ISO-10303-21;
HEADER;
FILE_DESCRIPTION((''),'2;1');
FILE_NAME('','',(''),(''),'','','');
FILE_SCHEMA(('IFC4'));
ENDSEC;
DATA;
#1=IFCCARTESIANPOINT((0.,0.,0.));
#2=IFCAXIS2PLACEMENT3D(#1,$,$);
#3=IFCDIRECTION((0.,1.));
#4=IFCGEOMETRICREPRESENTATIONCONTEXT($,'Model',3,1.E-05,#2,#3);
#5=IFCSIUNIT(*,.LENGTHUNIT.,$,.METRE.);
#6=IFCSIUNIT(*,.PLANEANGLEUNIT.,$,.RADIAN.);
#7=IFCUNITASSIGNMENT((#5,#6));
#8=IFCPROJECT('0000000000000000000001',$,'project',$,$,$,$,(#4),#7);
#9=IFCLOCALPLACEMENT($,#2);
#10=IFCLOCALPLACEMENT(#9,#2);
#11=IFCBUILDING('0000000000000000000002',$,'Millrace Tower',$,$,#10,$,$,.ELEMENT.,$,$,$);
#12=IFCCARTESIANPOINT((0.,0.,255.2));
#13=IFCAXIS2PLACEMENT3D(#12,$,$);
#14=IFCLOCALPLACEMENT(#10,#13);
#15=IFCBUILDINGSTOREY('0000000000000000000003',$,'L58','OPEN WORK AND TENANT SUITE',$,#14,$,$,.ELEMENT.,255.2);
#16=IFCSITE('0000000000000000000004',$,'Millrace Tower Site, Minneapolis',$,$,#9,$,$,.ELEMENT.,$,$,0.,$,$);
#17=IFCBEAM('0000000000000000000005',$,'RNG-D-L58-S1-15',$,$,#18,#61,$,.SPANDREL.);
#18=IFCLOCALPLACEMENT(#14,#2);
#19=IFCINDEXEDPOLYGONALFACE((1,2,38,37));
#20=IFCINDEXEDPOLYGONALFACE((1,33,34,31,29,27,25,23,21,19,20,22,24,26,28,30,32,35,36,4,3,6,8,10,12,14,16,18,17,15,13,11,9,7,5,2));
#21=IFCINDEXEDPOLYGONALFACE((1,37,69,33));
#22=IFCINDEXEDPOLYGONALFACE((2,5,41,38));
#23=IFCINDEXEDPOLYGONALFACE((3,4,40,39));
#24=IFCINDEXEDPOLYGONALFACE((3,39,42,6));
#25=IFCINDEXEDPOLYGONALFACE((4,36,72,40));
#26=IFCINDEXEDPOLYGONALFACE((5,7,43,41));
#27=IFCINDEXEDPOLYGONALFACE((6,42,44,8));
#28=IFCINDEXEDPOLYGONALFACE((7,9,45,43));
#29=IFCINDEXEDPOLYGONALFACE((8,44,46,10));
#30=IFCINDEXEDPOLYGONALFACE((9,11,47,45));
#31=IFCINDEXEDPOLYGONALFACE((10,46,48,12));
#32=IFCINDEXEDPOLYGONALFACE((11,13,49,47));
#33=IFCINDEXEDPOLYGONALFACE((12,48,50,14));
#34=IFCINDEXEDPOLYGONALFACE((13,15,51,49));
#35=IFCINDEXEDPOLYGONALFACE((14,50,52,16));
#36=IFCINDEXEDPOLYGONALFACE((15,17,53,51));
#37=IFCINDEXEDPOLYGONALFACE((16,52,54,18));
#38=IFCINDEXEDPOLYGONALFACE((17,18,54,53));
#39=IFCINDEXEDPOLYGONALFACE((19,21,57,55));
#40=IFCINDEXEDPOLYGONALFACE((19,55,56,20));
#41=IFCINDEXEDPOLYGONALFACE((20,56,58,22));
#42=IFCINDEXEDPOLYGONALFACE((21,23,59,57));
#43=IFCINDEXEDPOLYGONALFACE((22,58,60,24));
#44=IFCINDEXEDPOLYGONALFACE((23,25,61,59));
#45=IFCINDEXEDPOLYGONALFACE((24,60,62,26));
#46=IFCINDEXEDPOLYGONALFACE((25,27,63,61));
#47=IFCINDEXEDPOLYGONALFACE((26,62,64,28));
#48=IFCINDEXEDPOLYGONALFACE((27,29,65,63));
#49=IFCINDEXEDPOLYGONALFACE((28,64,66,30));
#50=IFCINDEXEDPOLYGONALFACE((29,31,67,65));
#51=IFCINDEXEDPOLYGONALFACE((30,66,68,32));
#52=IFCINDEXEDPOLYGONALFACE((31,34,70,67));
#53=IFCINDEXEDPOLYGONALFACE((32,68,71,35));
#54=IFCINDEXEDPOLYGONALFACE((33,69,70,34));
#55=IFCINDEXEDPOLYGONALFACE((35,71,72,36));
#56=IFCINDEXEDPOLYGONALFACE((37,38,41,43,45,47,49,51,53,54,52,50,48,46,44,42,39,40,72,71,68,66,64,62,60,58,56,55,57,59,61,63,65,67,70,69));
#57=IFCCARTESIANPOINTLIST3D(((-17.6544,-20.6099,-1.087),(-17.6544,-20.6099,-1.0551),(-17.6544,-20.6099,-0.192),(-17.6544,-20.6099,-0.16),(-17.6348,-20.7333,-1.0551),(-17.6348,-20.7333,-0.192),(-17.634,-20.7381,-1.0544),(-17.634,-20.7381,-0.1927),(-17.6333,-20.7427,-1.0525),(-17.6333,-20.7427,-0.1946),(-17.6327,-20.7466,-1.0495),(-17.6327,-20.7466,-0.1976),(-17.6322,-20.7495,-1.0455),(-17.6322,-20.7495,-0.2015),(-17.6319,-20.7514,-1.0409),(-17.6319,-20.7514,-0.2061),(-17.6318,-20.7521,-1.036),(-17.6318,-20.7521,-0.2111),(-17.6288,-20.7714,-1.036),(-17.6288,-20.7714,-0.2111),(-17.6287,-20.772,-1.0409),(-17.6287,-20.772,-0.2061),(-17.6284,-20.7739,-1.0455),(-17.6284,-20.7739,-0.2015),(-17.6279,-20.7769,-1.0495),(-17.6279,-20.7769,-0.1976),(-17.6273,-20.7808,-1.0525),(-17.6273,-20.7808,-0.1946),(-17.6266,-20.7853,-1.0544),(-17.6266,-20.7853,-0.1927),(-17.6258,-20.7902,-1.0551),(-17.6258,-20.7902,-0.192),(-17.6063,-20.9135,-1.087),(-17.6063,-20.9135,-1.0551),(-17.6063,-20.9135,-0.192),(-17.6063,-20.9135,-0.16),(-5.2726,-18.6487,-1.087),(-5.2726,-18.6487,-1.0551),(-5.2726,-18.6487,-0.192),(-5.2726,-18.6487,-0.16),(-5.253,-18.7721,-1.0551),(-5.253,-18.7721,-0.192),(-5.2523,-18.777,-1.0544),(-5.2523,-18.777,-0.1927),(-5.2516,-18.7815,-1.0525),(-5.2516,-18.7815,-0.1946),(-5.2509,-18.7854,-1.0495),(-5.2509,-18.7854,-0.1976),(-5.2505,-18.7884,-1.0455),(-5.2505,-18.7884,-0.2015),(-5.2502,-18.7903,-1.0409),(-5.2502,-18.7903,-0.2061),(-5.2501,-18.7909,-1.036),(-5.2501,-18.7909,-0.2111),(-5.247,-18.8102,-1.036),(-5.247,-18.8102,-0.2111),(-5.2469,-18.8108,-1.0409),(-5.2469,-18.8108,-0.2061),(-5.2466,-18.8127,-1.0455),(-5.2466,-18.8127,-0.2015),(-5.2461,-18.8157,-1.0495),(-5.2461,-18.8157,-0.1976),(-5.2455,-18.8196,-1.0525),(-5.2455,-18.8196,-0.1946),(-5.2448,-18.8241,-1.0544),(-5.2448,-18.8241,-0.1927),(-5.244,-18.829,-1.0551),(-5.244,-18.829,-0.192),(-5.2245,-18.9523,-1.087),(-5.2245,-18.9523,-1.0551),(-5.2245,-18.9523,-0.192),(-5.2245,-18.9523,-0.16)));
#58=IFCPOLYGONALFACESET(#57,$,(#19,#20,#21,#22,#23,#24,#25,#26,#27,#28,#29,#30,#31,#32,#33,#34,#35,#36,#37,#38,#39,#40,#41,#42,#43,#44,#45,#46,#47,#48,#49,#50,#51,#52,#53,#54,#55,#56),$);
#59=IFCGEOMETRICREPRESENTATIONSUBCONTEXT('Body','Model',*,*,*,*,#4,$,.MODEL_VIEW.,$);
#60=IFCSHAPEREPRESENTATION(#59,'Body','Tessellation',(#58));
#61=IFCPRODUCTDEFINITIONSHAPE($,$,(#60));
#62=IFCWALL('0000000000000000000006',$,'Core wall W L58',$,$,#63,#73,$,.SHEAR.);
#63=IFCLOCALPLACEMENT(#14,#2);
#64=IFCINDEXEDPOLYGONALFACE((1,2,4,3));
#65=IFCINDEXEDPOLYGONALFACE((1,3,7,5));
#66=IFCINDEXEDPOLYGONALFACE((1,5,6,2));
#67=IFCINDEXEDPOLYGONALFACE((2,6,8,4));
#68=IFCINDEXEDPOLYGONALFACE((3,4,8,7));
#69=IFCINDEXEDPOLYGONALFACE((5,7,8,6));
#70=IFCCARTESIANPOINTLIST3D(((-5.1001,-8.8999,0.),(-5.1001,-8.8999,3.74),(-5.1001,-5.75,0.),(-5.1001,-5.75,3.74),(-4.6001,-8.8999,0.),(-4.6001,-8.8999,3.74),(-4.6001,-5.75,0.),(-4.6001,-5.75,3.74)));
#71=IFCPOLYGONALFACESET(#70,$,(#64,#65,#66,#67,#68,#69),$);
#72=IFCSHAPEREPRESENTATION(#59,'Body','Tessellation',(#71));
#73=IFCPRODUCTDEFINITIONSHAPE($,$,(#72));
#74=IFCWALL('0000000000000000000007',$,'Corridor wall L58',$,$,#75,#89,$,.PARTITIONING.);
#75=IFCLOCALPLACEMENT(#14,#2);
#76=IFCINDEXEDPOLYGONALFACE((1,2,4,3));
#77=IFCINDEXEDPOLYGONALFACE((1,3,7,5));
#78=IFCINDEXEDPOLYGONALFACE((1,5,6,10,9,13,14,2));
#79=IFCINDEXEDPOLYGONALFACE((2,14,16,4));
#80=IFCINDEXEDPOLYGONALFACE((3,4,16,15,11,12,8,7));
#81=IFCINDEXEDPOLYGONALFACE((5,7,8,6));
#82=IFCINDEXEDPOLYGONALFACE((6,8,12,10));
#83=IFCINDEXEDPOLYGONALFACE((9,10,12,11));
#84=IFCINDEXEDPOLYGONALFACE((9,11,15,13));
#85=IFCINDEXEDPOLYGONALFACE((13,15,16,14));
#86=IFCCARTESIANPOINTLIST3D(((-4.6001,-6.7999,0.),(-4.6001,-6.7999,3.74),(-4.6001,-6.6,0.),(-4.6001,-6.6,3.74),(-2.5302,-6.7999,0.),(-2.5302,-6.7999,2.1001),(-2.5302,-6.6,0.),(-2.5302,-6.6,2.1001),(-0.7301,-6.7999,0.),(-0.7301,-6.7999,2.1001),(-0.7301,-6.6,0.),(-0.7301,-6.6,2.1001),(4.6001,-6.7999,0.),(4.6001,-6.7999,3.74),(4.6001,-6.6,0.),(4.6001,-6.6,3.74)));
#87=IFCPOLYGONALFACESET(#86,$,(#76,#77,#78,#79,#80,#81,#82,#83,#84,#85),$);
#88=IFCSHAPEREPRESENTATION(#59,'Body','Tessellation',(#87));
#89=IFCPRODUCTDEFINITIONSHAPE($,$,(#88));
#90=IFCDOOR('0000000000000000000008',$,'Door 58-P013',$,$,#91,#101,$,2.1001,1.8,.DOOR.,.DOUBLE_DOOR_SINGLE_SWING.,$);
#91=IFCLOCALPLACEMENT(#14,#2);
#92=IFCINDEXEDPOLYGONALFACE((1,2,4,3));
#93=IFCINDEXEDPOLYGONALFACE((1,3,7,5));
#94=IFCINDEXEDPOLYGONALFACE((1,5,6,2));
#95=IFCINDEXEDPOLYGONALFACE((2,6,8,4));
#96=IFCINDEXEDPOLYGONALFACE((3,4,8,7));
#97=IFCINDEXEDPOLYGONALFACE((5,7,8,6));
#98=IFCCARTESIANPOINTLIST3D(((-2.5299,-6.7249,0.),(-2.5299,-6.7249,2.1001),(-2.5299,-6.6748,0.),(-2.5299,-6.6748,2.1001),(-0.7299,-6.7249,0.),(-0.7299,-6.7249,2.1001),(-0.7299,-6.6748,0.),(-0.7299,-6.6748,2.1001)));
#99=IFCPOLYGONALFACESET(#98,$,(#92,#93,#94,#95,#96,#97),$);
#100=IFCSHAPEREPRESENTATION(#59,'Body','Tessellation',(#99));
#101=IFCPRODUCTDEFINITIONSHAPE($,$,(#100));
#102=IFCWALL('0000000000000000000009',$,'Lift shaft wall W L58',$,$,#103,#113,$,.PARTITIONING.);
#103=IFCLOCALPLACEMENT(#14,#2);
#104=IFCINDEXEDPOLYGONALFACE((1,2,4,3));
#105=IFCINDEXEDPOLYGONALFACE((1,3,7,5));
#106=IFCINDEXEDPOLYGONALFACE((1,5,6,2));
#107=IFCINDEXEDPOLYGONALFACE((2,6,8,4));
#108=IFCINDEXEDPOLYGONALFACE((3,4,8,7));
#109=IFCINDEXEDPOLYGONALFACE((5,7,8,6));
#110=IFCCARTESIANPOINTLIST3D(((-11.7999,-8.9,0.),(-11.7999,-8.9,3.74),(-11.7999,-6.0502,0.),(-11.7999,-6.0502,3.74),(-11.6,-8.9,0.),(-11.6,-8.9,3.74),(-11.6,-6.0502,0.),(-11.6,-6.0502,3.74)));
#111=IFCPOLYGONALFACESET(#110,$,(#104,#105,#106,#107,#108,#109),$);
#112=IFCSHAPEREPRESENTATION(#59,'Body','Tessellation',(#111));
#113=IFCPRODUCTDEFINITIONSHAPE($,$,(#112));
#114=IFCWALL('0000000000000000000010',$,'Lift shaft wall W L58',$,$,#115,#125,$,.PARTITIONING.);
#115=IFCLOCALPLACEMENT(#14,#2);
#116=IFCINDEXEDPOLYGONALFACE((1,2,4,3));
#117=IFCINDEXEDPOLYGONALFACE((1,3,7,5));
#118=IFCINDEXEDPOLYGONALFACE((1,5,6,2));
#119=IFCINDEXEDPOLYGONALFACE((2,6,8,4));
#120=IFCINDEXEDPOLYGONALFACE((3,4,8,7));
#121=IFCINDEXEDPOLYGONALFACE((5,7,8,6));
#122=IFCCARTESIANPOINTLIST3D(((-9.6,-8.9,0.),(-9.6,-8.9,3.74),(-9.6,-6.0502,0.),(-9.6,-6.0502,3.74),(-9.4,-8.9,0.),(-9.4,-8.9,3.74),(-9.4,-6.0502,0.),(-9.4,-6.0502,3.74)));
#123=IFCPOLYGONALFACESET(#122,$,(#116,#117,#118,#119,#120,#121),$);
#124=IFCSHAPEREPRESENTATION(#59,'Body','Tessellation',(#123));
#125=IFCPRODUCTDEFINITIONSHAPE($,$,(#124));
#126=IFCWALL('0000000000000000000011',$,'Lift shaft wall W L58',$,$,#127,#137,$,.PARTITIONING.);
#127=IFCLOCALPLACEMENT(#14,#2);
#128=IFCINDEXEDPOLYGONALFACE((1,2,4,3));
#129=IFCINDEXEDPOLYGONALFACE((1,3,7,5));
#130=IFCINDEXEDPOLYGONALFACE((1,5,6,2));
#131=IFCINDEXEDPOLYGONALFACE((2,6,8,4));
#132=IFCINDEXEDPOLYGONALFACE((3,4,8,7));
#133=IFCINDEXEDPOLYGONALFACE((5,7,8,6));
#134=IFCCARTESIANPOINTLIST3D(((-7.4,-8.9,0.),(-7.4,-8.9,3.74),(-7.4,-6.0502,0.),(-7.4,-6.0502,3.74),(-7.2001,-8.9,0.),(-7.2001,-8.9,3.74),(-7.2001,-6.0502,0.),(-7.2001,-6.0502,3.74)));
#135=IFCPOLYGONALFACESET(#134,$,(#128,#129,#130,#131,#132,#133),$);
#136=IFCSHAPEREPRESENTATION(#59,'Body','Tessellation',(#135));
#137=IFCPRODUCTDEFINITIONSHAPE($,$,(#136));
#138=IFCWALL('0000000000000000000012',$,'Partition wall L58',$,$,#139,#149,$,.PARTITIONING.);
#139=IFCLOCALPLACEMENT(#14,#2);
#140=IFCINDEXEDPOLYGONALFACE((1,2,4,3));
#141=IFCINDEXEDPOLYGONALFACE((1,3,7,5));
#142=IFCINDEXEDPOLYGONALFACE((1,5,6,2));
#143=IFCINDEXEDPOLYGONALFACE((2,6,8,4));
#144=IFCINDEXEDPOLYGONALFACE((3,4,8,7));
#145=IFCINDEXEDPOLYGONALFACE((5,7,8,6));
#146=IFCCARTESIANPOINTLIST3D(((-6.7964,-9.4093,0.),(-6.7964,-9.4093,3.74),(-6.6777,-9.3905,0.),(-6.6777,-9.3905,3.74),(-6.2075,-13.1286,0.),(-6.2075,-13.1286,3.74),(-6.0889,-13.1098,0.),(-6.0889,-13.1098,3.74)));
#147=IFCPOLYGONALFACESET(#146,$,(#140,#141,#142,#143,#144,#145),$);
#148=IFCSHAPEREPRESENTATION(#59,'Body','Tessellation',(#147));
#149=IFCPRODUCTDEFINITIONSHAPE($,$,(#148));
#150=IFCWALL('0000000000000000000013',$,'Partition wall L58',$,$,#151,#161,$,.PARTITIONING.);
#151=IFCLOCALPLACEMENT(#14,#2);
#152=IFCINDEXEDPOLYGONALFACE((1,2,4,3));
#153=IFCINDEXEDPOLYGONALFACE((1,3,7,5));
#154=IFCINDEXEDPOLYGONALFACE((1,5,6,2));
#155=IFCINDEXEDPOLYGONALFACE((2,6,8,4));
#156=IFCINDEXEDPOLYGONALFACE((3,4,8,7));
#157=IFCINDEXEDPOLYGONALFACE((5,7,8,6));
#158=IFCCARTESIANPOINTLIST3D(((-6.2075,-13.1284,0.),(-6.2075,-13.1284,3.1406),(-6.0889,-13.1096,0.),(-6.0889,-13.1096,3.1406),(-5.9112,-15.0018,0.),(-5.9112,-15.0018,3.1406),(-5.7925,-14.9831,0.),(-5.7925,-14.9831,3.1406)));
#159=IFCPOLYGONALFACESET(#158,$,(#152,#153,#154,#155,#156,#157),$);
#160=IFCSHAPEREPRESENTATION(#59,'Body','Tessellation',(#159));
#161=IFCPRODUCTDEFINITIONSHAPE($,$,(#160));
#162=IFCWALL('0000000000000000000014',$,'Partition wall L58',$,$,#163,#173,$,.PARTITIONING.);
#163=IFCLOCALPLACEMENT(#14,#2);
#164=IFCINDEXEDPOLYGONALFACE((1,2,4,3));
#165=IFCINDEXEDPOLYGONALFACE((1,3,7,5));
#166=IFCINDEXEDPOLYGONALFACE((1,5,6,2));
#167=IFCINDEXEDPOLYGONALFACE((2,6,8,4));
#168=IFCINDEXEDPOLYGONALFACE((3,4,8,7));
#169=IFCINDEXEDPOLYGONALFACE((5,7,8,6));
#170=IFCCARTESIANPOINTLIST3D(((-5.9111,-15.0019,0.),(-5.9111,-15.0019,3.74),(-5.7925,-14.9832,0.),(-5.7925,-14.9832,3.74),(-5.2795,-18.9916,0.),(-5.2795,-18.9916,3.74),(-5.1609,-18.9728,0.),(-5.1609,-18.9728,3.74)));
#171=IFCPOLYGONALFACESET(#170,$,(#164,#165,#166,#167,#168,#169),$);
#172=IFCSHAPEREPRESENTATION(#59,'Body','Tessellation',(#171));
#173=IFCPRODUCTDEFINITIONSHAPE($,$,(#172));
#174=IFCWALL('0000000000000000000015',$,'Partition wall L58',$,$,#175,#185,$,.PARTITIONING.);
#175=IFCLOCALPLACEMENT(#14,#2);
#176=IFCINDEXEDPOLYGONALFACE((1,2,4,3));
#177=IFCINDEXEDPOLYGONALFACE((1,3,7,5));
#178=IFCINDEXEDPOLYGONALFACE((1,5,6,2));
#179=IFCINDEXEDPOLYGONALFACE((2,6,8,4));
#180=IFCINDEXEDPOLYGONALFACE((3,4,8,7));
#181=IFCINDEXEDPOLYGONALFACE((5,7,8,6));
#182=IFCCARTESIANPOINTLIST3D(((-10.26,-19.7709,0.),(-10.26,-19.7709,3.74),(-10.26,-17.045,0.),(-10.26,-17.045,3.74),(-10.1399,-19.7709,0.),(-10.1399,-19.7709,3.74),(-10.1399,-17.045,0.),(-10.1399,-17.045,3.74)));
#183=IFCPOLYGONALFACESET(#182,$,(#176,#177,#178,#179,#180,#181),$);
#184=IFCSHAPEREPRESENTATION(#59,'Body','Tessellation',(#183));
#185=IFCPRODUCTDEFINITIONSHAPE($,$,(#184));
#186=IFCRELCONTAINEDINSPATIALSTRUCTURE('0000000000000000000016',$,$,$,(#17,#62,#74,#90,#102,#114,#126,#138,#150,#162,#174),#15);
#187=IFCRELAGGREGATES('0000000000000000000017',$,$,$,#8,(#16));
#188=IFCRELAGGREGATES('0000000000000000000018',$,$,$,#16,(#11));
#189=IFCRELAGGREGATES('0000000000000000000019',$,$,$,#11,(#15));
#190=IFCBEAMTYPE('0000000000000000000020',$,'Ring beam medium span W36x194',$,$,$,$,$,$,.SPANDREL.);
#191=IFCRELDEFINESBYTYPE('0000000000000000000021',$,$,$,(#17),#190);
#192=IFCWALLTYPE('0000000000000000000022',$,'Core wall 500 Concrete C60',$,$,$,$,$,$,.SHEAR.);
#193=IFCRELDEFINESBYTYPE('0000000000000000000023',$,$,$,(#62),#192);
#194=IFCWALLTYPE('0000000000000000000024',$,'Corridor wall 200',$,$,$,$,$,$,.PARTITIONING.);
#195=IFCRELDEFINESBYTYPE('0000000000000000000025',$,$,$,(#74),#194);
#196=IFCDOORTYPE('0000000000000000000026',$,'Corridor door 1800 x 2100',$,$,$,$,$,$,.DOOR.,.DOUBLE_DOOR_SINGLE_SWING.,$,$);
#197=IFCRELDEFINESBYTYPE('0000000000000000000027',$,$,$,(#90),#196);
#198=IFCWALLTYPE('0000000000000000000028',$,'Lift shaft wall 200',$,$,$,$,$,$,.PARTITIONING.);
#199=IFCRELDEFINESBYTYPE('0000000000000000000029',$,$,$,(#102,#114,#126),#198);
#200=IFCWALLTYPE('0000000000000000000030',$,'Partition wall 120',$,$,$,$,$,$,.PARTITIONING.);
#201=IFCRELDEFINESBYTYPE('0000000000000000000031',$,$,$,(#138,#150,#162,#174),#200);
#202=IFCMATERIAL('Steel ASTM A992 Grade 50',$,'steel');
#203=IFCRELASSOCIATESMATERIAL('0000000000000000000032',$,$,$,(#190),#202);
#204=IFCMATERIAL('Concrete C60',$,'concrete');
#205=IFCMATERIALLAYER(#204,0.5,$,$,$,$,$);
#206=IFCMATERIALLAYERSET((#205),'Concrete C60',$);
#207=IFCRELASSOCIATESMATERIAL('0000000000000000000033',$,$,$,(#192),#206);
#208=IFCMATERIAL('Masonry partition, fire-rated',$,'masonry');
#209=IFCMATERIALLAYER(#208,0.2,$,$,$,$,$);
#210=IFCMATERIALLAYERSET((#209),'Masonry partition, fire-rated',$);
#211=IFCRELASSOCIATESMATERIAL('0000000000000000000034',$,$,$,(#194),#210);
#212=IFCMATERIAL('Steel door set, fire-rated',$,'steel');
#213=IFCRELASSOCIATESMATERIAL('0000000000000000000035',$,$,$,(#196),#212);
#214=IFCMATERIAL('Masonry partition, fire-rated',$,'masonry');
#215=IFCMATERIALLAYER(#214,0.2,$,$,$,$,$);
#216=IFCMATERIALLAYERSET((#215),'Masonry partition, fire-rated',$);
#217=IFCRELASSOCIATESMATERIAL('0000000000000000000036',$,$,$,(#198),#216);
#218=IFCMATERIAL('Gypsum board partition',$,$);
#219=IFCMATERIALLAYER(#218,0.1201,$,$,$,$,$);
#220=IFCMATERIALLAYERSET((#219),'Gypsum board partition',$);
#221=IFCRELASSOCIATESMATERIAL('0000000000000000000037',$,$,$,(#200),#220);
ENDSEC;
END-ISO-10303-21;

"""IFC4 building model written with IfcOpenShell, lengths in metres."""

from ifc_helpers import new_model, si_unit, direction, frame, frame_2d, origin, origin_2d, place, context, subcontext, project, spatial, rectangle, i_section, extrude, material, layer, layer_set, material_profile, profile_set, type_object, element, fill, save


model = new_model("IFC4")

# Units and contexts
model_context = context("Model", 3, precision=1e-05, world=origin(), true_north=direction((0.0, 1.0)))
body_context = subcontext(model_context, "Body", "Model", "MODEL_VIEW")
ifc_project = project(units=[si_unit("LENGTHUNIT", "METRE"), si_unit("PLANEANGLEUNIT", "RADIAN")], contexts=[model_context])

# Site, building, storey
site_placement = place(None, origin())
site = spatial("IfcSite", under=ifc_project, at=site_placement, Name="Millrace Tower Site, Minneapolis", CompositionType="ELEMENT", RefElevation=0.0)
building_placement = place(site_placement, origin())
building = spatial("IfcBuilding", under=site, at=building_placement, Name="Millrace Tower", CompositionType="ELEMENT")
storey_placement = place(building_placement, frame((0.0, 0.0, 255.2)))
storey = spatial("IfcBuildingStorey", under=building, at=storey_placement, Name="L58", Description="OPEN WORK AND TENANT SUITE", CompositionType="ELEMENT", Elevation=255.2)

# Beam
ifc_material_1 = material(Name="Steel ASTM A992 Grade 50", Category="steel")
ifc_material_profile_1 = material_profile(ifc_material_1, i_section(OverallWidth=0.3074, OverallDepth=0.927, WebThickness=0.0195, FlangeThickness=0.032, FilletRadius=0.019, at=origin_2d()))
ifc_profile_set_1 = profile_set([ifc_material_profile_1], Name="Steel ASTM A992 Grade 50")
beam_type_1 = type_object("IfcBeamType", Name="Ring beam medium span W36x194", PredefinedType="SPANDREL", material=ifc_profile_set_1)
beam_1_placement = place(storey_placement, frame((-5.2485, -18.8005, -0.6235), z_axis=(-0.987687, -0.156442, 0.0), x_axis=(0.156442, -0.987687, 0.0)))
element("IfcBeam", 1, at=beam_1_placement, inside=storey, type_object=beam_type_1, Name="RNG-D-L58-S1-15", PredefinedType="SPANDREL", context=body_context, shape_type="SweptSolid", body=[
    extrude(i_section(OverallWidth=0.3074, OverallDepth=0.927, WebThickness=0.0195, FlangeThickness=0.032, FilletRadius=0.019, at=origin_2d()), origin(), (0.0, 0.0, 1.0), 12.5361),
])

# Wall
ifc_material_2 = material(Name="Concrete C60", Category="concrete")
ifc_layer_1 = layer(ifc_material_2, 0.5)
ifc_layer_set_1 = layer_set([ifc_layer_1], Name="Concrete C60")
wall_type_1 = type_object("IfcWallType", Name="Core wall 500 Concrete C60", PredefinedType="SHEAR", material=ifc_layer_set_1)
wall_1_placement = place(storey_placement, frame((-4.8501, -8.8999, 0.0), z_axis=(0.0, 0.0, 1.0), x_axis=(0.0, 1.0, 0.0)))
element("IfcWall", 2, at=wall_1_placement, inside=storey, type_object=wall_type_1, Name="Core wall W L58", PredefinedType="SHEAR", context=body_context, shape_type="SweptSolid", body=[
    extrude(rectangle(XDim=3.1499, YDim=0.5, at=frame_2d((1.575, 0.0))), origin(), (0.0, 0.0, 1.0), 3.74),
])

# Wall, opening, door
ifc_material_3 = material(Name="Masonry partition, fire-rated", Category="masonry")
ifc_layer_2 = layer(ifc_material_3, 0.2)
ifc_layer_set_2 = layer_set([ifc_layer_2], Name="Masonry partition, fire-rated")
wall_type_2 = type_object("IfcWallType", Name="Corridor wall 200", PredefinedType="PARTITIONING", material=ifc_layer_set_2)
wall_2_placement = place(storey_placement, frame((-4.6001, -6.7, 0.0), z_axis=(0.0, 0.0, 1.0), x_axis=(1.0, 0.0, 0.0)))
wall_2 = element("IfcWall", 3, at=wall_2_placement, inside=storey, type_object=wall_type_2, Name="Corridor wall L58", PredefinedType="PARTITIONING", context=body_context, shape_type="SweptSolid", body=[
    extrude(rectangle(XDim=9.2002, YDim=0.2, at=frame_2d((4.6001, 0.0))), origin(), (0.0, 0.0, 1.0), 3.74),
])
opening_placement = place(wall_2_placement, frame((2.0701, 0.0, 0.0)))
opening = element("IfcOpeningElement", 4, at=opening_placement, cuts=wall_2, PredefinedType="OPENING", context=body_context, shape_type="SweptSolid", body=[
    extrude(rectangle(XDim=1.8, YDim=2.1001, at=frame_2d((0.8999, 1.05))), frame((0.0, 0.1099, 0.0), z_axis=(0.0, -1.0, 0.0), x_axis=(1.0, 0.0, 0.0)), (0.0, 0.0, 1.0), 0.22),
])
ifc_material_4 = material(Name="Steel door set, fire-rated", Category="steel")
door_type = type_object("IfcDoorType", Name="Corridor door 1800 x 2100", OperationType="DOUBLE_DOOR_SINGLE_SWING", PredefinedType="DOOR", material=ifc_material_4)
door_placement = place(opening_placement, frame((1.8, 0.0, 0.0), z_axis=(0.0, 0.0, 1.0), x_axis=(-1.0, 0.0, 0.0)))
door = element("IfcDoor", 5, at=door_placement, inside=storey, type_object=door_type, Name="Door 58-P013", OperationType="DOUBLE_DOOR_SINGLE_SWING", OverallHeight=2.1001, OverallWidth=1.8, PredefinedType="DOOR", context=body_context, shape_type="SweptSolid", body=[
    extrude(rectangle(XDim=1.8, YDim=2.1001, at=frame_2d((0.8999, 1.05))), frame((0.0, 0.0249, 0.0), z_axis=(0.0, -1.0, 0.0), x_axis=(1.0, 0.0, 0.0)), (0.0, 0.0, 1.0), 0.05),
])
fill(opening, door)

# Walls
ifc_material_5 = material(Name="Masonry partition, fire-rated", Category="masonry")
ifc_layer_3 = layer(ifc_material_5, 0.2)
ifc_layer_set_3 = layer_set([ifc_layer_3], Name="Masonry partition, fire-rated")
wall_type_3 = type_object("IfcWallType", Name="Lift shaft wall 200", PredefinedType="PARTITIONING", material=ifc_layer_set_3)
for number, where, z_axis, x_axis, name in (
    (6, (-11.7, -8.8999, 0.0), (0.0, 0.0, 1.0), (0.0, 1.0, 0.0), "Lift shaft wall W L58"),
    (7, (-9.5, -8.8999, 0.0), (0.0, 0.0, 1.0), (0.0, 1.0, 0.0), "Lift shaft wall W L58"),
    (8, (-7.3, -8.8999, 0.0), (0.0, 0.0, 1.0), (0.0, 1.0, 0.0), "Lift shaft wall W L58"),
):
    element("IfcWall", number, at=place(storey_placement, frame(where, z_axis=z_axis, x_axis=x_axis)), inside=storey, type_object=wall_type_3, Name=name, PredefinedType="PARTITIONING", context=body_context, shape_type="SweptSolid", body=[
        extrude(rectangle(XDim=2.8499, YDim=0.2, at=frame_2d((1.4248, 0.0))), origin(), (0.0, 0.0, 1.0), 3.74),
    ])
ifc_material_6 = material(Name="Gypsum board partition")
ifc_layer_4 = layer(ifc_material_6, 0.1201)
ifc_layer_set_4 = layer_set([ifc_layer_4], Name="Gypsum board partition")
wall_type_4 = type_object("IfcWallType", Name="Partition wall 120", PredefinedType="PARTITIONING", material=ifc_layer_set_4)
wall_3_placement = place(storey_placement, frame((-6.7371, -9.3999, 0.0), z_axis=(0.0, 0.0, 1.0), x_axis=(0.156382, -0.987697, 0.0)))
element("IfcWall", 9, at=wall_3_placement, inside=storey, type_object=wall_type_4, Name="Partition wall L58", PredefinedType="PARTITIONING", context=body_context, shape_type="SweptSolid", body=[
    extrude(rectangle(XDim=3.7656, YDim=0.1201, at=frame_2d((1.8828, 0.0))), origin(), (0.0, 0.0, 1.0), 3.74),
])
wall_4_placement = place(storey_placement, frame((-6.1482, -13.1191, 0.0), z_axis=(0.0, 0.0, 1.0), x_axis=(0.156253, -0.987717, 0.0)))
element("IfcWall", 10, at=wall_4_placement, inside=storey, type_object=wall_type_4, Name="Partition wall L58", PredefinedType="PARTITIONING", context=body_context, shape_type="SweptSolid", body=[
    extrude(rectangle(XDim=1.8967, YDim=0.1201, at=frame_2d((0.9482, 0.0))), origin(), (0.0, 0.0, 1.0), 3.1406),
])
wall_5_placement = place(storey_placement, frame((-5.8518, -14.9927, 0.0), z_axis=(0.0, 0.0, 1.0), x_axis=(0.156366, -0.987699, 0.0)))
element("IfcWall", 11, at=wall_5_placement, inside=storey, type_object=wall_type_4, Name="Partition wall L58", PredefinedType="PARTITIONING", context=body_context, shape_type="SweptSolid", body=[
    extrude(rectangle(XDim=4.0393, YDim=0.1201, at=frame_2d((2.0195, 0.0))), origin(), (0.0, 0.0, 1.0), 3.74),
])
wall_6_placement = place(storey_placement, frame((-10.2, -19.7708, 0.0), z_axis=(0.0, 0.0, 1.0), x_axis=(0.0, 1.0, 0.0)))
element("IfcWall", 12, at=wall_6_placement, inside=storey, type_object=wall_type_4, Name="Partition wall L58", PredefinedType="PARTITIONING", context=body_context, shape_type="SweptSolid", body=[
    extrude(rectangle(XDim=2.7258, YDim=0.1201, at=frame_2d((1.3628, 0.0))), origin(), (0.0, 0.0, 1.0), 3.74),
])

save(model, "model.ifc")
